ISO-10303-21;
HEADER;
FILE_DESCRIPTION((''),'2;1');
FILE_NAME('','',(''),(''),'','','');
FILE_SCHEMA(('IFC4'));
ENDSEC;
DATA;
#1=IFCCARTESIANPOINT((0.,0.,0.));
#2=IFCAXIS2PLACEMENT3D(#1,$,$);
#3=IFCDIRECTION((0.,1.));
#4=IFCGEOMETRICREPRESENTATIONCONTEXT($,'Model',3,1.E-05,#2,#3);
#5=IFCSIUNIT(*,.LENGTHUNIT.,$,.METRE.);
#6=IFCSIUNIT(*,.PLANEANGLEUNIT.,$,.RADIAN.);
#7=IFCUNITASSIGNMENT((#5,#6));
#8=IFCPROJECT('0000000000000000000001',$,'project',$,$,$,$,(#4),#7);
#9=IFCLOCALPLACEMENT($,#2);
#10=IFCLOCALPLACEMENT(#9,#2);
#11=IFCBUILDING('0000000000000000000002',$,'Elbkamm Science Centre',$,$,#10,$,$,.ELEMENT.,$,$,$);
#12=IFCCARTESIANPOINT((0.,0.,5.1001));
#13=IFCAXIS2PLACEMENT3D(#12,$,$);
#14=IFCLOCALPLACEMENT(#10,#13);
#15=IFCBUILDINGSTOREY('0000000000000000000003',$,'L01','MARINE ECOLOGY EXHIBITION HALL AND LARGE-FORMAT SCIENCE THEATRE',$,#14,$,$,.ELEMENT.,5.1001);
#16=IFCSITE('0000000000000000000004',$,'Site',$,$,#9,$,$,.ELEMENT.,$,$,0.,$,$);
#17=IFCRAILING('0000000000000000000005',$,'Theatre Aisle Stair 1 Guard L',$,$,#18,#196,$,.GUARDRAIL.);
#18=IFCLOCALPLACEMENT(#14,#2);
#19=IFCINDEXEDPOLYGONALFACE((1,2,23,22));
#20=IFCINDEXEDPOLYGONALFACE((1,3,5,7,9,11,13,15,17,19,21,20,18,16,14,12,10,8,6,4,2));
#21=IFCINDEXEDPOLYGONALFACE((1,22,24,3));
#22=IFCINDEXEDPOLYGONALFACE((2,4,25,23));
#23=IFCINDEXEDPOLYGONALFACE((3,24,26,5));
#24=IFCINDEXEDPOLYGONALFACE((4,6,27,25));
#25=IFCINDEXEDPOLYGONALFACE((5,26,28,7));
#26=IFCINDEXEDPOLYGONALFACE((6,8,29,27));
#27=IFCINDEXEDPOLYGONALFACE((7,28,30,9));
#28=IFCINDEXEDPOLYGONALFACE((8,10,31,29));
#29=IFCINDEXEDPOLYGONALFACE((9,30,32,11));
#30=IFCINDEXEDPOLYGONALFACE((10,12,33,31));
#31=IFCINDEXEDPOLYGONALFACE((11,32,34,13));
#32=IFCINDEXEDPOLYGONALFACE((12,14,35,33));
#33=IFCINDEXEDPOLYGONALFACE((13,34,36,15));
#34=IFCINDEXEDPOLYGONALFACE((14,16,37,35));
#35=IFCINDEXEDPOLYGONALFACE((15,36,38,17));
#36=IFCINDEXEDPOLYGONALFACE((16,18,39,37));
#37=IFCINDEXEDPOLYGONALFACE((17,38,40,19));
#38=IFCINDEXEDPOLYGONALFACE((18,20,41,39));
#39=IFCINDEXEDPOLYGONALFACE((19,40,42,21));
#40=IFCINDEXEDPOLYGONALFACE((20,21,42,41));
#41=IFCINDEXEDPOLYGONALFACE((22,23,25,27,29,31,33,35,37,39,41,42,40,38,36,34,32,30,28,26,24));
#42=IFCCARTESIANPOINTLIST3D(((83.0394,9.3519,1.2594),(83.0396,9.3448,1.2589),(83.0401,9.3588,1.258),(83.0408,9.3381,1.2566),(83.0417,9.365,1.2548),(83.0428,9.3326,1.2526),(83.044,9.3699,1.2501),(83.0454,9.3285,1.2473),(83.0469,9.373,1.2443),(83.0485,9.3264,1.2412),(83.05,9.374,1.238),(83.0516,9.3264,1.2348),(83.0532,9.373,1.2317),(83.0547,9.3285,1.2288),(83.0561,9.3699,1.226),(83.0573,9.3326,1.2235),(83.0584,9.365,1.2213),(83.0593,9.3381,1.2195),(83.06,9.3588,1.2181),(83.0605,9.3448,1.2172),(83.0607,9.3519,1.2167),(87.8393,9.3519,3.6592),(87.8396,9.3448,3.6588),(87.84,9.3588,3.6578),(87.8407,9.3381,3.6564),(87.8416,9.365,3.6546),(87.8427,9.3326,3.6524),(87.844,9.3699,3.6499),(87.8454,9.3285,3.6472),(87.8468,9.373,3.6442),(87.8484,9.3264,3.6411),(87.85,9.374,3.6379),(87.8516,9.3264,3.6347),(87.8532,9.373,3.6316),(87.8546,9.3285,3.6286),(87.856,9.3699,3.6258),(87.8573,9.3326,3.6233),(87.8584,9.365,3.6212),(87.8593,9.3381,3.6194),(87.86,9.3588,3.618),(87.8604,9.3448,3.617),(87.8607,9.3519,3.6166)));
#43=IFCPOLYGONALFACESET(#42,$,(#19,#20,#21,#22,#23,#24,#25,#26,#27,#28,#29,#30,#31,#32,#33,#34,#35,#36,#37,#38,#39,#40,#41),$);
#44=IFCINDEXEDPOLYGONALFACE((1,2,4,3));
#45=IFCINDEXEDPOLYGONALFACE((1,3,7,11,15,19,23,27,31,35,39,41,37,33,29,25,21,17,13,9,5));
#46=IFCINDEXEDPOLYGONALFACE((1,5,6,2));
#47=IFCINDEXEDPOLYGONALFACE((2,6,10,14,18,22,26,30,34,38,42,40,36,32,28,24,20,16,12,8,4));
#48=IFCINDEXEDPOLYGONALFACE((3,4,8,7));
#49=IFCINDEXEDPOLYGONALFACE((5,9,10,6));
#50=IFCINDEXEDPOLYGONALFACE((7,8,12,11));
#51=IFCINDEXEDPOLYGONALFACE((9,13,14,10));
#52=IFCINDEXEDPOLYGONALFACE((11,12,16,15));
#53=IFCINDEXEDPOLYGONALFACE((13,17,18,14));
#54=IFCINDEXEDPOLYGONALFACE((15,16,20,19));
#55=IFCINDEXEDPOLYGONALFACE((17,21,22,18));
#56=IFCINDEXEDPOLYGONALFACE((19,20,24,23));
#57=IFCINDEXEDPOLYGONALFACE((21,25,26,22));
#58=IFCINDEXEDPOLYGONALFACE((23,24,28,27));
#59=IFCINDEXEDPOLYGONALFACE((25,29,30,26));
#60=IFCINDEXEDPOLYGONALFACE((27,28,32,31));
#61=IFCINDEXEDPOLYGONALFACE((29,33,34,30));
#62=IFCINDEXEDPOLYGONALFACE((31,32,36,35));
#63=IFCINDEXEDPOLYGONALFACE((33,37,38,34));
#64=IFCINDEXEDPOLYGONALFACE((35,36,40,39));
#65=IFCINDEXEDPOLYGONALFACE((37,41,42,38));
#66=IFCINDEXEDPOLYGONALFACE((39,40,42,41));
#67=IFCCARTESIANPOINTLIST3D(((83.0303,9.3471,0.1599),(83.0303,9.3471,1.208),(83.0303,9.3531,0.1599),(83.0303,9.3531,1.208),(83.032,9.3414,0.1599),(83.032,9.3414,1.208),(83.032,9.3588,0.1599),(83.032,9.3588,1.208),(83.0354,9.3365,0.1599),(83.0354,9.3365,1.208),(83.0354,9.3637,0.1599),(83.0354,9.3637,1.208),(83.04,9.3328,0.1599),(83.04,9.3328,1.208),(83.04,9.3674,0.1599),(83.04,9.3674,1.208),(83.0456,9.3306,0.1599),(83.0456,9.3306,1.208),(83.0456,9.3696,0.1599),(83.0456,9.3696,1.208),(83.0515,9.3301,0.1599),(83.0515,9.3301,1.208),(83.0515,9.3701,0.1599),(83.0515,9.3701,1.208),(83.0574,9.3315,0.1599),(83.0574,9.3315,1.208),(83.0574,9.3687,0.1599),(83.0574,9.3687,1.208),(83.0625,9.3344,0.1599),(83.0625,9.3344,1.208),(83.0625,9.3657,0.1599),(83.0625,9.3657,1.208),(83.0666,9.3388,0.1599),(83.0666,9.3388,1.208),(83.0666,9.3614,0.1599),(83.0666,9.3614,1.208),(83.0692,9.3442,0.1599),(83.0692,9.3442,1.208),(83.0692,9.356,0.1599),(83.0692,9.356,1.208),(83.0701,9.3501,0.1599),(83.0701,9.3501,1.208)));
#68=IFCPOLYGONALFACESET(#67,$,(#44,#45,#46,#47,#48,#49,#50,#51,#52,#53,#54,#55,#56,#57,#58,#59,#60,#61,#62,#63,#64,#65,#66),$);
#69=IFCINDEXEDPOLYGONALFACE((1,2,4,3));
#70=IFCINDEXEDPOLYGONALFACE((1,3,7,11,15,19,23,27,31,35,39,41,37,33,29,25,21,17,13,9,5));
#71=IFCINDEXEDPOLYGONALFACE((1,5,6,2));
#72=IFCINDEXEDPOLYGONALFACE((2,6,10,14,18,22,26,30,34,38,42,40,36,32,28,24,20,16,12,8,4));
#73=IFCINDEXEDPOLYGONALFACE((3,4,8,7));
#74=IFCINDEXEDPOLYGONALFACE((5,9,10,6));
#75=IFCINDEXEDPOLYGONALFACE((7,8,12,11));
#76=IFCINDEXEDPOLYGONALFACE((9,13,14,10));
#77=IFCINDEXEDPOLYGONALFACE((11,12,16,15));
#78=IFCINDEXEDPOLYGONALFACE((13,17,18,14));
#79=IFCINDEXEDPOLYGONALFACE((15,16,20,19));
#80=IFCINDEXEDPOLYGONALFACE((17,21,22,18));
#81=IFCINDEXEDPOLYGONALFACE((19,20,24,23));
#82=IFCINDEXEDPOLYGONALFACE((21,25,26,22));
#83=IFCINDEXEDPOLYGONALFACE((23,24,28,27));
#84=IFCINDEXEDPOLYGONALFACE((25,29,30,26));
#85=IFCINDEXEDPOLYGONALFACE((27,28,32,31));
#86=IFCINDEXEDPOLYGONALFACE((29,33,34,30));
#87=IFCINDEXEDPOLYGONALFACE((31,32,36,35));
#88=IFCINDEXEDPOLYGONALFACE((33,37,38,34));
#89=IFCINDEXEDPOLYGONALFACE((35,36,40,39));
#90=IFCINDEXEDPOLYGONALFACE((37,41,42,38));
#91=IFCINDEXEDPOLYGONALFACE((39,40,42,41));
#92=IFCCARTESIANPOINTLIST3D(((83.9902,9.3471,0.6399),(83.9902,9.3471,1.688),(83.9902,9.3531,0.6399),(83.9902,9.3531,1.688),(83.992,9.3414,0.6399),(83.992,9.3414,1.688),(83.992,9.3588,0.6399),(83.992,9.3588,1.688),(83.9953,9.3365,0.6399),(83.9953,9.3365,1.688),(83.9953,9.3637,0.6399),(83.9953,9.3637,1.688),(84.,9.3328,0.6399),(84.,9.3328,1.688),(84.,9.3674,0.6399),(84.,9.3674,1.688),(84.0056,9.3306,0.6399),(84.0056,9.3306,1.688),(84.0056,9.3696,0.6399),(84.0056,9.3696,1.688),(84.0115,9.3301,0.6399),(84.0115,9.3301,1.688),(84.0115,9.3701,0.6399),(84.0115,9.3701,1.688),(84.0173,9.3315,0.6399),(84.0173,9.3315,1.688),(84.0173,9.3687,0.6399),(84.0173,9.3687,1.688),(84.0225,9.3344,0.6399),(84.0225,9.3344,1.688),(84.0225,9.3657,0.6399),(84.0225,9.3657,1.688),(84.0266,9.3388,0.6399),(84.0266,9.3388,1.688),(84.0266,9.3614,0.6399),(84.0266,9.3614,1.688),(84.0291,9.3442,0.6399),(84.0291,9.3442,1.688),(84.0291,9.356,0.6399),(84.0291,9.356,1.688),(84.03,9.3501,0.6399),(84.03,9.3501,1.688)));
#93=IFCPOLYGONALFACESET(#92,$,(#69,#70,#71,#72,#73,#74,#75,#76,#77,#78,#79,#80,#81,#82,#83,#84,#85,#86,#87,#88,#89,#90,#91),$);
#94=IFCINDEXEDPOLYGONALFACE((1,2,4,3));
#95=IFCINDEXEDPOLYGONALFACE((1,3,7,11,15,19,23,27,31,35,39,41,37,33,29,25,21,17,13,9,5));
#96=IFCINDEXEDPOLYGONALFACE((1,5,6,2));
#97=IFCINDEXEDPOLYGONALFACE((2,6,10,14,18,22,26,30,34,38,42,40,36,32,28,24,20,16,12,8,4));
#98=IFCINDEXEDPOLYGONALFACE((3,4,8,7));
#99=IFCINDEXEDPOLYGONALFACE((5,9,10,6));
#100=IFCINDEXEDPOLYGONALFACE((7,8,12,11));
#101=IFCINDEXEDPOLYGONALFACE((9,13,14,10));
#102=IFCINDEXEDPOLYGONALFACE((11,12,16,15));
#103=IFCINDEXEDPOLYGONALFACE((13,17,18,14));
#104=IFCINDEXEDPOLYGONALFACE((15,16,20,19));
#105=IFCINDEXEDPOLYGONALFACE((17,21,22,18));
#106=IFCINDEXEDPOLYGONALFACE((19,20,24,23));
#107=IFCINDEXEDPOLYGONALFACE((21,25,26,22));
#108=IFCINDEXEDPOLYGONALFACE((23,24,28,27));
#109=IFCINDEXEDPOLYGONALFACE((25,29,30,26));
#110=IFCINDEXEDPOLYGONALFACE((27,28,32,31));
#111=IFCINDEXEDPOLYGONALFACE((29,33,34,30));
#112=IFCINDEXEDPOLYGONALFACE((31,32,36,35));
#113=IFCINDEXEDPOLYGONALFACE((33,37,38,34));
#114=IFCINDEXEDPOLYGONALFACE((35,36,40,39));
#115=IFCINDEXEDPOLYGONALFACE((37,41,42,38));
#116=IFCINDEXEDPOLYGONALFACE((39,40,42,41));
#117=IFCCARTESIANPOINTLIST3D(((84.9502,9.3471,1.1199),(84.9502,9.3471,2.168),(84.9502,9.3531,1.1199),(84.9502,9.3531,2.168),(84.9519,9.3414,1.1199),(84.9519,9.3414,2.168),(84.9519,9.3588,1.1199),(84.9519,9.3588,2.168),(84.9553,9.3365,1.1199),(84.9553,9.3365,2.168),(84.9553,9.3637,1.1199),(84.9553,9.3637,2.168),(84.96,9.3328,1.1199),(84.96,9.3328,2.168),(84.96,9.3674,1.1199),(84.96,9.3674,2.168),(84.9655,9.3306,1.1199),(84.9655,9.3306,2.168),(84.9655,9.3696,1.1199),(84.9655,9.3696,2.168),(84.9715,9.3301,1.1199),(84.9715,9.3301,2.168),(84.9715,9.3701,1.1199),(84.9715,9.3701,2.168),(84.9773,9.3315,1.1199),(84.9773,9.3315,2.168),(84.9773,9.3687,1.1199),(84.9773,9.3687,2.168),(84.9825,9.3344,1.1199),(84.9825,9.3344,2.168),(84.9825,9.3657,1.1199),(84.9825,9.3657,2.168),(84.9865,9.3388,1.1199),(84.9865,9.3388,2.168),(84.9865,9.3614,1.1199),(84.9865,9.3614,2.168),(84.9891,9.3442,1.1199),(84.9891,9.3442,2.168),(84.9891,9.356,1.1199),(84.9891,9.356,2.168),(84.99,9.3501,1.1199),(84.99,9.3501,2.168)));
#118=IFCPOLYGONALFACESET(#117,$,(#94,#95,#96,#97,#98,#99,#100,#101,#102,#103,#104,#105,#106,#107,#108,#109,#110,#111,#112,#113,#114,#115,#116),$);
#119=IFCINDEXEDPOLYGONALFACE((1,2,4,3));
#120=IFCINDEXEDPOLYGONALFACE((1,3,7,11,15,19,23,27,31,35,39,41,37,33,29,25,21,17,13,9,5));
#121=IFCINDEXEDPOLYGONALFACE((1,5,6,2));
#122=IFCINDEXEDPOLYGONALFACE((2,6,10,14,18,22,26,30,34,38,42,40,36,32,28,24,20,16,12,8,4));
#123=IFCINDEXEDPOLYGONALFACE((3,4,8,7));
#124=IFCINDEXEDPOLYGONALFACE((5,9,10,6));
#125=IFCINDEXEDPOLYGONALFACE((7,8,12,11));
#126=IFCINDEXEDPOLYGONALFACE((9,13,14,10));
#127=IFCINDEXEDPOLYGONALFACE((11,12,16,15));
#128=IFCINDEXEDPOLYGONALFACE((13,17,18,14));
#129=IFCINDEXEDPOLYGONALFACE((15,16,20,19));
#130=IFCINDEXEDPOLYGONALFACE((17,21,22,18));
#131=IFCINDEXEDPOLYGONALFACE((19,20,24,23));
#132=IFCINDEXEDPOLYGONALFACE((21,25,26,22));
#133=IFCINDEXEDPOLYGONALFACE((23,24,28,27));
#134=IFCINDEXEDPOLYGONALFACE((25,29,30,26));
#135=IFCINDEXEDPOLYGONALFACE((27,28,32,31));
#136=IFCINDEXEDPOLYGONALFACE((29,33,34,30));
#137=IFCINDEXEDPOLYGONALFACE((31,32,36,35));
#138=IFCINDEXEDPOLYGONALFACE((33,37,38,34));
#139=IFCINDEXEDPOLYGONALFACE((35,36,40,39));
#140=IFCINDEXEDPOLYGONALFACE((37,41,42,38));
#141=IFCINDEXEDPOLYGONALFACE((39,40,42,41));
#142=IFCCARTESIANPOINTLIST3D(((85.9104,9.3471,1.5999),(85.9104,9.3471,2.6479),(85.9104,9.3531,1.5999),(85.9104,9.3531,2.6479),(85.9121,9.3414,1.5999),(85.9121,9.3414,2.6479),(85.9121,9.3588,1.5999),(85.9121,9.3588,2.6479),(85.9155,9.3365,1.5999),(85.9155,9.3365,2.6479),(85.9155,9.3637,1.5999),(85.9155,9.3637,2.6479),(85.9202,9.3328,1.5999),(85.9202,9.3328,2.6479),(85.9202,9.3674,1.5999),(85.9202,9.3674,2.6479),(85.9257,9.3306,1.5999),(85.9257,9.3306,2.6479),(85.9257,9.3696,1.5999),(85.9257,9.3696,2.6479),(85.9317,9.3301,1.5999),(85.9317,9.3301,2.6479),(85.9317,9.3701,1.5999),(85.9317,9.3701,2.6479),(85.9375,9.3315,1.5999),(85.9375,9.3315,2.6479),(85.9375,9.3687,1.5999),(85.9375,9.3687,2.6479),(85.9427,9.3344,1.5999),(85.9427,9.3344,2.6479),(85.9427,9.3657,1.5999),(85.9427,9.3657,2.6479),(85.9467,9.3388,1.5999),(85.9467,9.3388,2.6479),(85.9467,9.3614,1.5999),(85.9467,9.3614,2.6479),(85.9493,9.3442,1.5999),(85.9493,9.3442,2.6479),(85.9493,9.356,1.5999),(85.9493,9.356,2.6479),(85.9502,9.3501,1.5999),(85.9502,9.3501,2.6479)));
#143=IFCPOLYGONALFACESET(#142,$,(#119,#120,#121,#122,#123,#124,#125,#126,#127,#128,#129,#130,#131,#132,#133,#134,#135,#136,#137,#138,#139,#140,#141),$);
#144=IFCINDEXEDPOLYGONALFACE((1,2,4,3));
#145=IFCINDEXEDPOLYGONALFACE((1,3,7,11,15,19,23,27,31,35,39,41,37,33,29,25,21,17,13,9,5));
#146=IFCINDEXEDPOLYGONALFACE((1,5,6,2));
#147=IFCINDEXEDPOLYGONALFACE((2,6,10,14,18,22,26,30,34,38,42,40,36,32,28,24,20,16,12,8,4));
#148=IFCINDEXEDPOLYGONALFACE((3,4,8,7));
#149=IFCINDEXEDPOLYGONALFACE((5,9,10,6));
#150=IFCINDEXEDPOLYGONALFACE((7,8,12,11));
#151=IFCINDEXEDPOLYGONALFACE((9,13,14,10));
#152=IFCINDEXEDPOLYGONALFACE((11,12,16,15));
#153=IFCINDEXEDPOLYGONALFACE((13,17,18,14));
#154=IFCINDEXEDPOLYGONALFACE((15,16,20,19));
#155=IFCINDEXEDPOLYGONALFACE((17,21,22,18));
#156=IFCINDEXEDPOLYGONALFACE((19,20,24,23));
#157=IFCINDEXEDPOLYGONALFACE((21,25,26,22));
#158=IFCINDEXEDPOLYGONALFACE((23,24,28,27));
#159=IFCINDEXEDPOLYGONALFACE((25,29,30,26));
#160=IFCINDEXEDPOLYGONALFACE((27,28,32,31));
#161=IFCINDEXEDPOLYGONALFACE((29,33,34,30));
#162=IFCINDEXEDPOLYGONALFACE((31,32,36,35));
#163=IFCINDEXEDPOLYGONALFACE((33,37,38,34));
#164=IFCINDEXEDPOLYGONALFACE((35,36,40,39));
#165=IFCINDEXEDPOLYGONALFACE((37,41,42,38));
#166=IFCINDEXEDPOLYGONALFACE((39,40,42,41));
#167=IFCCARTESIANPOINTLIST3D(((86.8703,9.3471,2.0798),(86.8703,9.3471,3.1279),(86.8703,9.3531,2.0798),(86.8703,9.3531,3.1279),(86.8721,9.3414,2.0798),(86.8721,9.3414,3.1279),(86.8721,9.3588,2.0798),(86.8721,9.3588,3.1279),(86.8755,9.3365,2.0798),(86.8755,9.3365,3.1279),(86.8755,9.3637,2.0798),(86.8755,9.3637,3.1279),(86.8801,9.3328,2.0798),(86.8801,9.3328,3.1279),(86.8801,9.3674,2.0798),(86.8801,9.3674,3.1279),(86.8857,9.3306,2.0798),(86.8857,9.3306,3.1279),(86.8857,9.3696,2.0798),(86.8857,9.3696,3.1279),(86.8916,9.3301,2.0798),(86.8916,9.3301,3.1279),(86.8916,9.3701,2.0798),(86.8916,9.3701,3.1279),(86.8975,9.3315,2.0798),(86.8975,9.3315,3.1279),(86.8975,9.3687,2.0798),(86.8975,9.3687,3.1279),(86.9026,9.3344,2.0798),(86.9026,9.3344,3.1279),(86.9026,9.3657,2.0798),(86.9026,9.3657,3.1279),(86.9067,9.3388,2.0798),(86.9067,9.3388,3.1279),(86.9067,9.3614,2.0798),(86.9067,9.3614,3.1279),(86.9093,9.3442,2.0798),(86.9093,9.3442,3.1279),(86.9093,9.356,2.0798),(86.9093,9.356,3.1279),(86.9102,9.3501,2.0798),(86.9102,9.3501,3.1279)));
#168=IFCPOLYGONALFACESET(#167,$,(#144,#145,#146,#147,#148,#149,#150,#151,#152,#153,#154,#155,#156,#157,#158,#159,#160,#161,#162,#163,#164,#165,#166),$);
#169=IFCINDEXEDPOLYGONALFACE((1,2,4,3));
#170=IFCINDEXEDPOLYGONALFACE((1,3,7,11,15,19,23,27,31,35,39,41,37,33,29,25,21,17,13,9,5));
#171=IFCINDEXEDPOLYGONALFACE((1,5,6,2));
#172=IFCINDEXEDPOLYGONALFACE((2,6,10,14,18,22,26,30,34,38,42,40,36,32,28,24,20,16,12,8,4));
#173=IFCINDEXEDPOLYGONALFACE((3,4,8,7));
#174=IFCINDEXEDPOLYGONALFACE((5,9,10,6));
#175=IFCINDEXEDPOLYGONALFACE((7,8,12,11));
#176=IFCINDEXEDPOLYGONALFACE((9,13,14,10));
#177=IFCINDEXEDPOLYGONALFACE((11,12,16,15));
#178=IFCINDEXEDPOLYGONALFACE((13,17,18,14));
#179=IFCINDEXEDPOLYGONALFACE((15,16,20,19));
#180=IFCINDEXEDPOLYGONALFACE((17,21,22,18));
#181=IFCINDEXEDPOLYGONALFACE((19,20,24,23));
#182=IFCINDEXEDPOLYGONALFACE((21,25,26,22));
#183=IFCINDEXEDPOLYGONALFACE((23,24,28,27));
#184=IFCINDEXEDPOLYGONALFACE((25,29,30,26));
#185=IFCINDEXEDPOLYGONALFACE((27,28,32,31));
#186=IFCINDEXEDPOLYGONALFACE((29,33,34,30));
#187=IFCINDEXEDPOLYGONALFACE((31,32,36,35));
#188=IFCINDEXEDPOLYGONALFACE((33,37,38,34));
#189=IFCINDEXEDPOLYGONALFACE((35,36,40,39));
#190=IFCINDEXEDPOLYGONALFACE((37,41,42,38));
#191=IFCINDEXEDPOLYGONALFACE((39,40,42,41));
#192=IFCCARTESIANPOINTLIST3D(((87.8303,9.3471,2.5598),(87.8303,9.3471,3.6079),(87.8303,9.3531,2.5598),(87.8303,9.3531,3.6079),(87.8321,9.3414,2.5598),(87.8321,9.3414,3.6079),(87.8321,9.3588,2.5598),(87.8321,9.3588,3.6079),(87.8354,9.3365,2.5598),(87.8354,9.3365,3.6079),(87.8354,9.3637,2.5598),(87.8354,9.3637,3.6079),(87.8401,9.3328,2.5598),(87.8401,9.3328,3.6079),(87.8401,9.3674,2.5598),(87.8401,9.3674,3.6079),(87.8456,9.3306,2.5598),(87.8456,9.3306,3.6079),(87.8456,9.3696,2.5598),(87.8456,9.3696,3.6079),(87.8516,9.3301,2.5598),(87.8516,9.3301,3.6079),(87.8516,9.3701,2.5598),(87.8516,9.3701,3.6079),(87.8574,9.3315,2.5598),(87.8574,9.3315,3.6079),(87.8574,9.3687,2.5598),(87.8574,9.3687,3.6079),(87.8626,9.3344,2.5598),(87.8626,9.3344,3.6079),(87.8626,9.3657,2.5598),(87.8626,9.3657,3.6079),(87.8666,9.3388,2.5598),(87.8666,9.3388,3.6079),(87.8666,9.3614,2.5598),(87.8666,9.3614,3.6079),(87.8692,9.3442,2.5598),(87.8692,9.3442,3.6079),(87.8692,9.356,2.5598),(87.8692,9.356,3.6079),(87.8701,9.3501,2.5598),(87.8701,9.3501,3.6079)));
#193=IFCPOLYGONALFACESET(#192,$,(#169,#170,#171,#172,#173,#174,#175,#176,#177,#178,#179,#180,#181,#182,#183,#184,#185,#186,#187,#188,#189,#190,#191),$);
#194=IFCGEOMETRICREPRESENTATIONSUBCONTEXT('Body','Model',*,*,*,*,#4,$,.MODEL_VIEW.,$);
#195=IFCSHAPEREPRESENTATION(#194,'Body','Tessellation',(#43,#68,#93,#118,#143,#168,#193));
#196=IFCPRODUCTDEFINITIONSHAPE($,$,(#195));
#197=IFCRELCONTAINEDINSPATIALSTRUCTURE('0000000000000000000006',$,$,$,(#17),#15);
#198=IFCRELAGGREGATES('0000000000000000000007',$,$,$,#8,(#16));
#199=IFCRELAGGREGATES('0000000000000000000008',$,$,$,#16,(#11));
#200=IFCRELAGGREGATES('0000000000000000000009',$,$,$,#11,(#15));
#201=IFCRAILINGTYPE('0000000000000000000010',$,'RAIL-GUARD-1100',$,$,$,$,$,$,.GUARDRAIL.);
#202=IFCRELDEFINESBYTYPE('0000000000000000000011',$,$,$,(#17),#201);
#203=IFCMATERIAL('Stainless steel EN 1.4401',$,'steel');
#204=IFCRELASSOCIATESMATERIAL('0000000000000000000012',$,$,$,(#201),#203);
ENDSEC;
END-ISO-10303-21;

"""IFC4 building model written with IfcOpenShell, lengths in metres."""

from ifc_helpers import new_model, si_unit, direction, frame, origin, origin_2d, place, context, subcontext, project, spatial, circle, extrude, material, type_object, element, save


model = new_model("IFC4")

# Units and contexts
model_context = context("Model", 3, precision=1e-05, world=origin(), true_north=direction((0.0, 1.0)))
body_context = subcontext(model_context, "Body", "Model", "MODEL_VIEW")
ifc_project = project(units=[si_unit("LENGTHUNIT", "METRE"), si_unit("PLANEANGLEUNIT", "RADIAN")], contexts=[model_context])

# Site, building, storey
site_placement = place(None, origin())
site = spatial("IfcSite", under=ifc_project, at=site_placement, Name="Site", CompositionType="ELEMENT", RefElevation=0.0)
building_placement = place(site_placement, origin())
building = spatial("IfcBuilding", under=site, at=building_placement, Name="Elbkamm Science Centre", CompositionType="ELEMENT")
storey_placement = place(building_placement, frame((0.0, 0.0, 5.1001)))
storey = spatial("IfcBuildingStorey", under=building, at=storey_placement, Name="L01", Description="MARINE ECOLOGY EXHIBITION HALL AND LARGE-FORMAT SCIENCE THEATRE", CompositionType="ELEMENT", Elevation=5.1001)

# Railing
ifc_material_1 = material(Name="Stainless steel EN 1.4401", Category="steel")
railing_type_1 = type_object("IfcRailingType", Name="RAIL-GUARD-1100", PredefinedType="GUARDRAIL", material=ifc_material_1)
for number, where, name in (
    (1, (83.05, 9.3501, 0.1599), "Theatre Aisle Stair 1 Guard L"),
):
    element("IfcRailing", number, at=place(storey_placement, frame(where)), inside=storey, type_object=railing_type_1, Name=name, PredefinedType="GUARDRAIL", context=body_context, shape_type="SweptSolid", body=[
        extrude(circle(Radius=0.0239, at=origin_2d()), frame((0.0, 0.0, 1.0781), z_axis=(0.894436, 0.0, 0.447195), x_axis=(0.0, 1.0, 0.0)), (0.0, 0.0, 1.0), 5.3665),
        extrude(circle(Radius=0.02, at=origin_2d()), origin(), (0.0, 0.0, 1.0), 1.0481),
        extrude(circle(Radius=0.02, at=origin_2d()), frame((0.96, 0.0, 0.48)), (0.0, 0.0, 1.0), 1.0481),
        extrude(circle(Radius=0.02, at=origin_2d()), frame((1.9199, 0.0, 0.96)), (0.0, 0.0, 1.0), 1.0481),
        extrude(circle(Radius=0.02, at=origin_2d()), frame((2.8801, 0.0, 1.4399)), (0.0, 0.0, 1.0), 1.0481),
        extrude(circle(Radius=0.02, at=origin_2d()), frame((3.8401, 0.0, 1.9199)), (0.0, 0.0, 1.0), 1.0481),
        extrude(circle(Radius=0.02, at=origin_2d()), frame((4.8, 0.0, 2.3999)), (0.0, 0.0, 1.0), 1.0481),
    ])

save(model, "model.ifc")
